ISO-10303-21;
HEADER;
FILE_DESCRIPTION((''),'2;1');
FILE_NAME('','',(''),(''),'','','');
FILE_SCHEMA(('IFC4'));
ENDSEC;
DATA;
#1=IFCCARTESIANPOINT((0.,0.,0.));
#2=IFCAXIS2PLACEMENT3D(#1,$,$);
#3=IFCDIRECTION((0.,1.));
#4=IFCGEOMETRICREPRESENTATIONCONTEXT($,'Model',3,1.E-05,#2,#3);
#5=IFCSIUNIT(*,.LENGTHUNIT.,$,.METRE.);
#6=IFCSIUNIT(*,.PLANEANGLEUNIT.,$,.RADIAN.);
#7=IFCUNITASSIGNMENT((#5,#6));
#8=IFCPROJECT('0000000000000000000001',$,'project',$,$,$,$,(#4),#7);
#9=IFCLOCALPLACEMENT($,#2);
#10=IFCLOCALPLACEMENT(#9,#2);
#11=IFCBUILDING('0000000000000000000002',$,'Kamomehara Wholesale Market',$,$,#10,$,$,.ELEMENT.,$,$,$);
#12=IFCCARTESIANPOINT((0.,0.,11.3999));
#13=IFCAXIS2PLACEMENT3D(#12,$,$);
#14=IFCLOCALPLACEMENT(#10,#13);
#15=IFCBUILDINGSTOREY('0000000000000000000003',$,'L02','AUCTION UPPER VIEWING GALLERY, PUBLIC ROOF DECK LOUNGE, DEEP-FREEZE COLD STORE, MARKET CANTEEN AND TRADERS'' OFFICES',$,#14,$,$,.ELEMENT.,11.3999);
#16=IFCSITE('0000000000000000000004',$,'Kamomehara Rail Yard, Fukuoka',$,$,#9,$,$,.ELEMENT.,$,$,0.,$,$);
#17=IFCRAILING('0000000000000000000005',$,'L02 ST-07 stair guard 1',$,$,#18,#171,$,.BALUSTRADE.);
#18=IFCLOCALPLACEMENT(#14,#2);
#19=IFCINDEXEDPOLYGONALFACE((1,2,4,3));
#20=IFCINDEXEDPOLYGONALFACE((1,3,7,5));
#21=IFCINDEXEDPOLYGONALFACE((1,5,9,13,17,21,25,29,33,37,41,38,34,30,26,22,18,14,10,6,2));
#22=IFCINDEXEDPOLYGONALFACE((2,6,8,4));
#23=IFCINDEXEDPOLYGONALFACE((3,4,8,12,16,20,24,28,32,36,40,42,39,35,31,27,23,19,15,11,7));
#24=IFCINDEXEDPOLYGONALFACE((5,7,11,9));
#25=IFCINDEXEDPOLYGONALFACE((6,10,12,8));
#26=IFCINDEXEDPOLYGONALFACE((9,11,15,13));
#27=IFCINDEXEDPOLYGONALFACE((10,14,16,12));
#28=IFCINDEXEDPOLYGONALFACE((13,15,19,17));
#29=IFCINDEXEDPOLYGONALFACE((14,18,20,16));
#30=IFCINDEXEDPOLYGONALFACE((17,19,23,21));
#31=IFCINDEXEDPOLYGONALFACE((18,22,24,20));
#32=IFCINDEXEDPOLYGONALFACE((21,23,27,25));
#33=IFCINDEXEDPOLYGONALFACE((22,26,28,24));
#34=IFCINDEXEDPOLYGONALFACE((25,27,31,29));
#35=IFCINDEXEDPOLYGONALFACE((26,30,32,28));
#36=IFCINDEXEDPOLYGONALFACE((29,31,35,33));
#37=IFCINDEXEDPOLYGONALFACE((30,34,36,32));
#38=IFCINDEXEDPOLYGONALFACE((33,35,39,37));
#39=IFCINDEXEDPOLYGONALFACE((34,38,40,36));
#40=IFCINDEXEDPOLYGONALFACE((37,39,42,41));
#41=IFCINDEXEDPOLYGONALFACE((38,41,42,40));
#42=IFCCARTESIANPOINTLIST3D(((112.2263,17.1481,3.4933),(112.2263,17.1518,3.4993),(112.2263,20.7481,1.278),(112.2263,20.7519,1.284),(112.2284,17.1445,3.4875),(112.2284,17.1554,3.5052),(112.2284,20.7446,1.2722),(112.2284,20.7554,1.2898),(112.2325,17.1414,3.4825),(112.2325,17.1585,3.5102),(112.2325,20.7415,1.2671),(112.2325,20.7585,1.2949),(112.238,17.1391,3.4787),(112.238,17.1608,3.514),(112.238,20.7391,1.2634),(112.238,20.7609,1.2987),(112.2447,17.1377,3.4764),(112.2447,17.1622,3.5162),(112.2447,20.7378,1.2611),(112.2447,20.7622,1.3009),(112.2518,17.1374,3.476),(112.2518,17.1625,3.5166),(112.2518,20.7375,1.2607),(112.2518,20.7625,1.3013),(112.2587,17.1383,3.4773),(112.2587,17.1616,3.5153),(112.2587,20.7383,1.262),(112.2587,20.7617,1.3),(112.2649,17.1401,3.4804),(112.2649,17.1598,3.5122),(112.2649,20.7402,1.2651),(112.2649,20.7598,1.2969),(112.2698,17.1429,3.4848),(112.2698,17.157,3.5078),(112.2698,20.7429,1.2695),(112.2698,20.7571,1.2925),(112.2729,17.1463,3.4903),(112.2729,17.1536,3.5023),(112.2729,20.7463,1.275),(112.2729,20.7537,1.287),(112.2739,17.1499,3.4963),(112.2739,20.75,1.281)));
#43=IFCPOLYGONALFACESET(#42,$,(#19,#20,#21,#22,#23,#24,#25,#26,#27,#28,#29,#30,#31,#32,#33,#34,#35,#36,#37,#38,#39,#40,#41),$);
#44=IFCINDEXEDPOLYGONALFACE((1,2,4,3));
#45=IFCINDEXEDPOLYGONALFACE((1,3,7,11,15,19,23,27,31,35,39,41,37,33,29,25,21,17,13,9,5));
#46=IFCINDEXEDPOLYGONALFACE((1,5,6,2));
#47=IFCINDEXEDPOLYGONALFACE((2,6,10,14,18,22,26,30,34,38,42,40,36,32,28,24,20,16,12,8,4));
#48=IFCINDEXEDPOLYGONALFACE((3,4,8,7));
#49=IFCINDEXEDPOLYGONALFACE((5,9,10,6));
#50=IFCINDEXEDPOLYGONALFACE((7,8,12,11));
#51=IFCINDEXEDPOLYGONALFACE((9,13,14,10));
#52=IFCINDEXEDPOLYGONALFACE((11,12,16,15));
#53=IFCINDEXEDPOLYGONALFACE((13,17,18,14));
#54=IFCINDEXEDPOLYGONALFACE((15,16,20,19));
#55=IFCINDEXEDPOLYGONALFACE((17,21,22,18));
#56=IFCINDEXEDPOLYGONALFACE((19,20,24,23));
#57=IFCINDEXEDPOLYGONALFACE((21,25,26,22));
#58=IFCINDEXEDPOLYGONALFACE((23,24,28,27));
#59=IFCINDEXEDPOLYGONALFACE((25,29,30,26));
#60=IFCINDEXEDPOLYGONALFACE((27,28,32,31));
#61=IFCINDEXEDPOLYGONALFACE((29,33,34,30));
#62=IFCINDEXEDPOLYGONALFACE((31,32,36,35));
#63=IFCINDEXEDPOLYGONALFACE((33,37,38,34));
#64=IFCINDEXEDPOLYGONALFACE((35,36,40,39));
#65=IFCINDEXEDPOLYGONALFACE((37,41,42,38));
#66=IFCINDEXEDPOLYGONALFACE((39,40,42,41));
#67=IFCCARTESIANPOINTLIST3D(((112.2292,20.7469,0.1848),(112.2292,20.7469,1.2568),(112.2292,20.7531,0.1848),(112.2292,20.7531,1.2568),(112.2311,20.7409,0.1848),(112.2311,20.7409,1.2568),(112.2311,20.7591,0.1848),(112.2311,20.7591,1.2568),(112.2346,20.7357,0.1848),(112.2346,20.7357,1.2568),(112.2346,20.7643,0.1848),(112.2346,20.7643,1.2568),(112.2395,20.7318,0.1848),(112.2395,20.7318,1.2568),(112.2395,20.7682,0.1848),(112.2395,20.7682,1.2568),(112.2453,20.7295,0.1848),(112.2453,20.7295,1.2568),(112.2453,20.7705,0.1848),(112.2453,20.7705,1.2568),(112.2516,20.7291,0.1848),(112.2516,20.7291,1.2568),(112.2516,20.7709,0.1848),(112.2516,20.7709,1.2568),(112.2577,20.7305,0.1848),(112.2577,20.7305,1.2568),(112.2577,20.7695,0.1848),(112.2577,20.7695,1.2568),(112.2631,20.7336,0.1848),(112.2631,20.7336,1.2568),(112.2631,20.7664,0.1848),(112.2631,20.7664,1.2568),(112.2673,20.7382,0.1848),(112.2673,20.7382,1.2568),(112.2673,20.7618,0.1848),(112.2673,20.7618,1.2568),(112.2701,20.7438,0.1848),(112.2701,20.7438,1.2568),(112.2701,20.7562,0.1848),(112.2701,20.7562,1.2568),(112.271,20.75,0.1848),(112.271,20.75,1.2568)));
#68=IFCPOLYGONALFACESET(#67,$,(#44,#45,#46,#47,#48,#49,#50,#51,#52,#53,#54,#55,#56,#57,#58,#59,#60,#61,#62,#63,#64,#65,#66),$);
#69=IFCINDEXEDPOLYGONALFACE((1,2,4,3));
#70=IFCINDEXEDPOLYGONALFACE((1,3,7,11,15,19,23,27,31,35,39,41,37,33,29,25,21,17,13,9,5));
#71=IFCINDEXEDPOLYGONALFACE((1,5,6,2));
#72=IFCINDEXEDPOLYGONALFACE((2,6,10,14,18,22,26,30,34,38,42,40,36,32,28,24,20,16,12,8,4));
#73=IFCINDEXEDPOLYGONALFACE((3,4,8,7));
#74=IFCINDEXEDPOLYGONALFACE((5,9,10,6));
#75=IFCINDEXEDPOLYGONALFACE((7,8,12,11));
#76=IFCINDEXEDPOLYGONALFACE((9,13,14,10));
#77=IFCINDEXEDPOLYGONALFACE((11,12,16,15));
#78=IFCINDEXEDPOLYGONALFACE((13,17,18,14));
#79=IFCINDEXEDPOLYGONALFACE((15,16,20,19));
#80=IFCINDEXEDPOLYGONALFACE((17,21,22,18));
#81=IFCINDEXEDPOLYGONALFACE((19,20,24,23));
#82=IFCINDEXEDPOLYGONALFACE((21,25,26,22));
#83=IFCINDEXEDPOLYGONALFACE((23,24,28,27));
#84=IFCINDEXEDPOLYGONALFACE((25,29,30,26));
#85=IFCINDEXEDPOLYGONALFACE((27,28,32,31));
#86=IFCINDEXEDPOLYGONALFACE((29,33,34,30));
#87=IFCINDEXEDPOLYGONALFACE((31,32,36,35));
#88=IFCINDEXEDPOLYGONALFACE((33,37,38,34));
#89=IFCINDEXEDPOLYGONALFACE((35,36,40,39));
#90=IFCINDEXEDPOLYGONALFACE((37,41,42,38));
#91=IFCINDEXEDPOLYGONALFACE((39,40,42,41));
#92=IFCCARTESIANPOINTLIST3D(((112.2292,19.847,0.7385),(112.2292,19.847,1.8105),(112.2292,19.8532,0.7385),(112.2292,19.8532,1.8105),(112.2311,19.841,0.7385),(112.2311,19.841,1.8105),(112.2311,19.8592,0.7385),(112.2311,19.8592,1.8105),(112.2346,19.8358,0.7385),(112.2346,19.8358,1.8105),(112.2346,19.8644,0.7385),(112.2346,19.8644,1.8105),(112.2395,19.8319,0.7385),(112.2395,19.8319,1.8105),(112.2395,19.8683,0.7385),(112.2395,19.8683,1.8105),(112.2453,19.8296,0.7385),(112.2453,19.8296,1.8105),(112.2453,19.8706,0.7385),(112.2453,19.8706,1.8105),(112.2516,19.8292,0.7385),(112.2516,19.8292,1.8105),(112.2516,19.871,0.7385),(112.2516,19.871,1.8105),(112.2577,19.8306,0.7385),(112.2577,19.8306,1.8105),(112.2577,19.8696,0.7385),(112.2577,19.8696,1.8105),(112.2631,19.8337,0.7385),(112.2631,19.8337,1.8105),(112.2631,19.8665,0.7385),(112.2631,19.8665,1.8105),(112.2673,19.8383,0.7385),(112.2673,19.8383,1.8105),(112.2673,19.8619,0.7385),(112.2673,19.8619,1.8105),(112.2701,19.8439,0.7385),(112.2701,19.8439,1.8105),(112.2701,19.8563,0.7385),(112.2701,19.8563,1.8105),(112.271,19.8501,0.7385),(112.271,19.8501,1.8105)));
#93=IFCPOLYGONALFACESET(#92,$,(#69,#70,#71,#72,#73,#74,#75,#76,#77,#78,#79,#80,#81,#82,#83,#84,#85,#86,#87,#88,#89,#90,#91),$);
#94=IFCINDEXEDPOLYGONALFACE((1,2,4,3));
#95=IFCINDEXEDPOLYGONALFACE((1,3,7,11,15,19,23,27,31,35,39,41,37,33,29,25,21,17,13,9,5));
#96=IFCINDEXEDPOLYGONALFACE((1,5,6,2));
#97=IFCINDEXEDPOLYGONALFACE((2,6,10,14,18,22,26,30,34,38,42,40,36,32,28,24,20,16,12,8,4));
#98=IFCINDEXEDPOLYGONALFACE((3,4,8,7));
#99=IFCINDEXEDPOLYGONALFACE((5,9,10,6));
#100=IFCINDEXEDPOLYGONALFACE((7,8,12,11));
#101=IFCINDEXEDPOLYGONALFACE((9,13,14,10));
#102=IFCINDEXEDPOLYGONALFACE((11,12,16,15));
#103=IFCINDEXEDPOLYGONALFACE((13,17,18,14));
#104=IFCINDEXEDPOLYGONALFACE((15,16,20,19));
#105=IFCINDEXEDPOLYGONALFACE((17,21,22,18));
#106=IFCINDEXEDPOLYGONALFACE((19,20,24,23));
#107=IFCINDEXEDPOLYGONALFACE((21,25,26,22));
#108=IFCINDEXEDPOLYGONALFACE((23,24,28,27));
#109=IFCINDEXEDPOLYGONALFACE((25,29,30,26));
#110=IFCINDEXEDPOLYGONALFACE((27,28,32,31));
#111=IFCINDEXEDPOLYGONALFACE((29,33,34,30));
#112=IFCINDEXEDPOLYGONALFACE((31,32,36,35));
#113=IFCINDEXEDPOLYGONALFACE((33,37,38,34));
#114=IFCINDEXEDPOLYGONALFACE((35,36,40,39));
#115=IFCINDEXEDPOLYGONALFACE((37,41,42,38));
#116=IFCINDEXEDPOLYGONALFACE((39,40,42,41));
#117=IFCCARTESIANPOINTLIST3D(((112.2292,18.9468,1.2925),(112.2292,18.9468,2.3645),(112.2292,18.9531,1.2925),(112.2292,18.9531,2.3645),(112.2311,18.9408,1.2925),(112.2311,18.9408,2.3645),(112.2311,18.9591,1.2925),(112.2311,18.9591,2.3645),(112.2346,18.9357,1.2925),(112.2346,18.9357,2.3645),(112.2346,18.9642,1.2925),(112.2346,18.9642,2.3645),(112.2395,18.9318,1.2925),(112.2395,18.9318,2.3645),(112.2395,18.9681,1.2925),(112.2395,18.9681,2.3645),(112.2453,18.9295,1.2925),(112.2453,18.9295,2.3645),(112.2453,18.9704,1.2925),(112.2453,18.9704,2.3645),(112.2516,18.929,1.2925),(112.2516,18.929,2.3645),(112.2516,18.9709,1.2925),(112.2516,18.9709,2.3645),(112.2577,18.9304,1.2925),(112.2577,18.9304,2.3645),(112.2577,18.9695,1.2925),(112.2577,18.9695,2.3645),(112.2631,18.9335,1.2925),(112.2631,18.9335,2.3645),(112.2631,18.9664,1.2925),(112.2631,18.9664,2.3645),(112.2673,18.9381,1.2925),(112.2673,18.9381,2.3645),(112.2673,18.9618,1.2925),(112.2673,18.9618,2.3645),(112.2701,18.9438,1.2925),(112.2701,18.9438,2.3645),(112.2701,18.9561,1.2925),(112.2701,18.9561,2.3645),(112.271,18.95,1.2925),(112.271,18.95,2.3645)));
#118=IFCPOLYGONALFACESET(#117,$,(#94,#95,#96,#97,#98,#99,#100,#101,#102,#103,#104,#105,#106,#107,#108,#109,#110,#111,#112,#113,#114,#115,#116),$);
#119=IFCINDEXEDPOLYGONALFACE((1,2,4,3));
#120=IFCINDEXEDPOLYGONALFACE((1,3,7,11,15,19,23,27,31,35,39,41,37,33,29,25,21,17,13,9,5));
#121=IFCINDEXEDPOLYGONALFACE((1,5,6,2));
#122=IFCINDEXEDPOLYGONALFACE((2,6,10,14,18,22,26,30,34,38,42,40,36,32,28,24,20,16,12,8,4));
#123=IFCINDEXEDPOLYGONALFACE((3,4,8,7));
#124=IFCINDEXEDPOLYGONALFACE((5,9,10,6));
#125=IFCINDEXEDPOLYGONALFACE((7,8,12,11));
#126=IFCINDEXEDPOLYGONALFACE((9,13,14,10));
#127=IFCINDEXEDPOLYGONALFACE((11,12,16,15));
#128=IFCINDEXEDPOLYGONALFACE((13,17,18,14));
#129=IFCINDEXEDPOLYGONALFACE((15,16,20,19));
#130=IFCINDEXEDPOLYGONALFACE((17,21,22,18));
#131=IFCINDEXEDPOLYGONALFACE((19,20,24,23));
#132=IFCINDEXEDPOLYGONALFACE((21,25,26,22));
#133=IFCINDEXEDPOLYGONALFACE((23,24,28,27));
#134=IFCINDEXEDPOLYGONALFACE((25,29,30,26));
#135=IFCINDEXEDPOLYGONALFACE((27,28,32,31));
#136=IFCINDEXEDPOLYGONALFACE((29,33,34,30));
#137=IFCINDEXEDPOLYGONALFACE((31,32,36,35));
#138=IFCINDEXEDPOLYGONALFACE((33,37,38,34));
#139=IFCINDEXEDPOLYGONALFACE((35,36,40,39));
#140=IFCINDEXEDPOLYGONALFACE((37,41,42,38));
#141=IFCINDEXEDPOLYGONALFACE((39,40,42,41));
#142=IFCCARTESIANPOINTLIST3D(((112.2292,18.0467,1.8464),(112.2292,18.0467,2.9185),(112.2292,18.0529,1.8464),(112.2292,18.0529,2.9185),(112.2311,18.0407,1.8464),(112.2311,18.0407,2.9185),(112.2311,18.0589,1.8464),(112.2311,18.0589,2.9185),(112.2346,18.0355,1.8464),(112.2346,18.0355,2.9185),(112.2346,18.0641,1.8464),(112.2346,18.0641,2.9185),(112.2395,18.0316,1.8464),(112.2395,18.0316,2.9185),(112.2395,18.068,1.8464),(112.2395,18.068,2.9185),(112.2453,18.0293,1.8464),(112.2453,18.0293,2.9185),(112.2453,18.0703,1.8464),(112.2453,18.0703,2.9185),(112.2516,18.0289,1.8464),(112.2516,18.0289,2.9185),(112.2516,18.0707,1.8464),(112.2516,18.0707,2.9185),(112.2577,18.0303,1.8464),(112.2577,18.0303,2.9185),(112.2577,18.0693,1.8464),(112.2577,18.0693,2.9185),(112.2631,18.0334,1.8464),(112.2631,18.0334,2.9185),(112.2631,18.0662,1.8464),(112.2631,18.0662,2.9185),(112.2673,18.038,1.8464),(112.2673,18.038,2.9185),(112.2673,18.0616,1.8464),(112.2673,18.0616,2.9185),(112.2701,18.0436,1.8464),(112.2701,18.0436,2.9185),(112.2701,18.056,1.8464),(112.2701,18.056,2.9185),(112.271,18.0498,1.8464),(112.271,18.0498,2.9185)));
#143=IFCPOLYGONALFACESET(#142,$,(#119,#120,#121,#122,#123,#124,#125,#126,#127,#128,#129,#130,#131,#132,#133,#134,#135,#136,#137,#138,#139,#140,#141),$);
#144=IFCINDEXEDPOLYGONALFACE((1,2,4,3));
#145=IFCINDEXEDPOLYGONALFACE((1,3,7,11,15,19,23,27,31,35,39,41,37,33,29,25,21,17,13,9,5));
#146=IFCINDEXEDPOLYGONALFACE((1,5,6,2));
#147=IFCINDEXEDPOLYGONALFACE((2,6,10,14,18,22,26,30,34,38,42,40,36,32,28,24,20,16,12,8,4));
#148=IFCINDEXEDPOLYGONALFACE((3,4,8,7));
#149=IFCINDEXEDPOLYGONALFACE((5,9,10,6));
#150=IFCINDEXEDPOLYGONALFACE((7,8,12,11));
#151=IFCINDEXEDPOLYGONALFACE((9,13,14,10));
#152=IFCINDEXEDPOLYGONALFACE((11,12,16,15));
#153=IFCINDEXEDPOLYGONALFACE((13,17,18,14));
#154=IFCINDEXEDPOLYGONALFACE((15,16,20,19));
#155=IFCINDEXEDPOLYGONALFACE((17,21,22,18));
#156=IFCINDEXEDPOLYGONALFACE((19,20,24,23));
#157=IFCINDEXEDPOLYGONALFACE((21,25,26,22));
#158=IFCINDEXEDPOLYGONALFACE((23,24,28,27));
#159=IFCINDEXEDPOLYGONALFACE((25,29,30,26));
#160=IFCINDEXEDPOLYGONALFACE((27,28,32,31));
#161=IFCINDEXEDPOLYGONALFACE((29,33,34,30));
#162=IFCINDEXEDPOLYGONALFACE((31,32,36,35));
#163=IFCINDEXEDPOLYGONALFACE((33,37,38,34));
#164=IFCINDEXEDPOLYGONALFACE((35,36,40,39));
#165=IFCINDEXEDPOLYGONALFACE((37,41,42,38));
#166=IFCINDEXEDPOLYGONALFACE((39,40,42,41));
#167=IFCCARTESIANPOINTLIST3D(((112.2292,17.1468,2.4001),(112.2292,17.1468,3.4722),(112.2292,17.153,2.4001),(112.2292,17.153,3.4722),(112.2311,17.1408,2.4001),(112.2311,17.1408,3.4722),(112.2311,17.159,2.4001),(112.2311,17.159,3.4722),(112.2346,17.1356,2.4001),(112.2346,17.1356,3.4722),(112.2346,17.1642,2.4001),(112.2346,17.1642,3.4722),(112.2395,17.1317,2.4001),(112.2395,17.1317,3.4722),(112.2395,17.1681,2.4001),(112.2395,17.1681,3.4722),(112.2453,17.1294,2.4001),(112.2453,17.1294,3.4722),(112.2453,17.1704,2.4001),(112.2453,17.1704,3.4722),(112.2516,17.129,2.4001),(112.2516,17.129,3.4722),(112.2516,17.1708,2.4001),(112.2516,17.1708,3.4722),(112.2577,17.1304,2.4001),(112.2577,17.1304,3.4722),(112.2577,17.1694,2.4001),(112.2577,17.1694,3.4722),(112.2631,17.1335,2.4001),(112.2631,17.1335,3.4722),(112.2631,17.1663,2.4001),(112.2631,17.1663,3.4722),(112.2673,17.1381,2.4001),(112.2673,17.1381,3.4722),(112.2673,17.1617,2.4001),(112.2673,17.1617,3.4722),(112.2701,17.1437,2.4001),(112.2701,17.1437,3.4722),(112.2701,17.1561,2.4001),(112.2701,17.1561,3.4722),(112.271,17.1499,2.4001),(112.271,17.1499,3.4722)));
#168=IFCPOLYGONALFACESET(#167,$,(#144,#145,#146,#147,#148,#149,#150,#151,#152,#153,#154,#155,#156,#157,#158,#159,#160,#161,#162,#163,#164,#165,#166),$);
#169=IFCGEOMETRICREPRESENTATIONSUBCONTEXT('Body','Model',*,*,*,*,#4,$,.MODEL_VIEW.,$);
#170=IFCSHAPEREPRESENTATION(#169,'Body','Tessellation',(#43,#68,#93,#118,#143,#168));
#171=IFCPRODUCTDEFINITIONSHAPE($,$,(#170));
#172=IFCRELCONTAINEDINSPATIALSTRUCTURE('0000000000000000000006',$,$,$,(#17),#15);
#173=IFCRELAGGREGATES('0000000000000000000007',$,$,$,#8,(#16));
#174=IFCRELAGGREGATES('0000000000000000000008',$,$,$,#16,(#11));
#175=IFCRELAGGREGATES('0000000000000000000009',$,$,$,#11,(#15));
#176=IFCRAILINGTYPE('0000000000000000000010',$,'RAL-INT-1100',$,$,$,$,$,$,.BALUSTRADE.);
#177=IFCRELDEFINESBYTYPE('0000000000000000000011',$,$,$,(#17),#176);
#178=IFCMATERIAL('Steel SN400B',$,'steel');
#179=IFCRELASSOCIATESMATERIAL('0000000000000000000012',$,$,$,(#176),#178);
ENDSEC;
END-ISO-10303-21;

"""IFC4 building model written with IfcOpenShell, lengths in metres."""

from ifc_helpers import new_model, si_unit, direction, frame, origin, origin_2d, place, context, subcontext, project, spatial, circle, extrude, material, type_object, element, save


model = new_model("IFC4")

# Units and contexts
model_context = context("Model", 3, precision=1e-05, world=origin(), true_north=direction((0.0, 1.0)))
body_context = subcontext(model_context, "Body", "Model", "MODEL_VIEW")
ifc_project = project(units=[si_unit("LENGTHUNIT", "METRE"), si_unit("PLANEANGLEUNIT", "RADIAN")], contexts=[model_context])

# Site, building, storey
site_placement = place(None, origin())
site = spatial("IfcSite", under=ifc_project, at=site_placement, Name="Kamomehara Rail Yard, Fukuoka", CompositionType="ELEMENT", RefElevation=0.0)
building_placement = place(site_placement, origin())
building = spatial("IfcBuilding", under=site, at=building_placement, Name="Kamomehara Wholesale Market", CompositionType="ELEMENT")
storey_placement = place(building_placement, frame((0.0, 0.0, 11.3999)))
storey = spatial("IfcBuildingStorey", under=building, at=storey_placement, Name="L02", Description="AUCTION UPPER VIEWING GALLERY, PUBLIC ROOF DECK LOUNGE, DEEP-FREEZE COLD STORE, MARKET CANTEEN AND TRADERS' OFFICES", CompositionType="ELEMENT", Elevation=11.3999)

# Railing
ifc_material_1 = material(Name="Steel SN400B", Category="steel")
railing_type_1 = type_object("IfcRailingType", Name="RAL-INT-1100", PredefinedType="BALUSTRADE", material=ifc_material_1)
railing_1_placement = place(storey_placement, frame((112.25, 20.75, 0.1848)))
element("IfcRailing", 1, at=railing_1_placement, inside=storey, type_object=railing_type_1, Name="L02 ST-07 stair guard 1", PredefinedType="BALUSTRADE", context=body_context, shape_type="SweptSolid", body=[
    extrude(circle(Radius=0.0239, at=origin_2d()), frame((0.0, 0.0, 1.0962), z_axis=(0.0, -0.85167, 0.524078), x_axis=(1.0, 0.0, 0.0)), (0.0, 0.0, 1.0), 4.2271),
    extrude(circle(Radius=0.021, at=origin_2d()), origin(), (0.0, 0.0, 1.0), 1.072),
    extrude(circle(Radius=0.021, at=origin_2d()), frame((0.0, -0.8999, 0.5537)), (0.0, 0.0, 1.0), 1.072),
    extrude(circle(Radius=0.021, at=origin_2d()), frame((0.0, -1.8, 1.1077)), (0.0, 0.0, 1.0), 1.072),
    extrude(circle(Radius=0.021, at=origin_2d()), frame((0.0, -2.7002, 1.6616)), (0.0, 0.0, 1.0), 1.072),
    extrude(circle(Radius=0.021, at=origin_2d()), frame((0.0, -3.6001, 2.2153)), (0.0, 0.0, 1.0), 1.072),
])

save(model, "model.ifc")
